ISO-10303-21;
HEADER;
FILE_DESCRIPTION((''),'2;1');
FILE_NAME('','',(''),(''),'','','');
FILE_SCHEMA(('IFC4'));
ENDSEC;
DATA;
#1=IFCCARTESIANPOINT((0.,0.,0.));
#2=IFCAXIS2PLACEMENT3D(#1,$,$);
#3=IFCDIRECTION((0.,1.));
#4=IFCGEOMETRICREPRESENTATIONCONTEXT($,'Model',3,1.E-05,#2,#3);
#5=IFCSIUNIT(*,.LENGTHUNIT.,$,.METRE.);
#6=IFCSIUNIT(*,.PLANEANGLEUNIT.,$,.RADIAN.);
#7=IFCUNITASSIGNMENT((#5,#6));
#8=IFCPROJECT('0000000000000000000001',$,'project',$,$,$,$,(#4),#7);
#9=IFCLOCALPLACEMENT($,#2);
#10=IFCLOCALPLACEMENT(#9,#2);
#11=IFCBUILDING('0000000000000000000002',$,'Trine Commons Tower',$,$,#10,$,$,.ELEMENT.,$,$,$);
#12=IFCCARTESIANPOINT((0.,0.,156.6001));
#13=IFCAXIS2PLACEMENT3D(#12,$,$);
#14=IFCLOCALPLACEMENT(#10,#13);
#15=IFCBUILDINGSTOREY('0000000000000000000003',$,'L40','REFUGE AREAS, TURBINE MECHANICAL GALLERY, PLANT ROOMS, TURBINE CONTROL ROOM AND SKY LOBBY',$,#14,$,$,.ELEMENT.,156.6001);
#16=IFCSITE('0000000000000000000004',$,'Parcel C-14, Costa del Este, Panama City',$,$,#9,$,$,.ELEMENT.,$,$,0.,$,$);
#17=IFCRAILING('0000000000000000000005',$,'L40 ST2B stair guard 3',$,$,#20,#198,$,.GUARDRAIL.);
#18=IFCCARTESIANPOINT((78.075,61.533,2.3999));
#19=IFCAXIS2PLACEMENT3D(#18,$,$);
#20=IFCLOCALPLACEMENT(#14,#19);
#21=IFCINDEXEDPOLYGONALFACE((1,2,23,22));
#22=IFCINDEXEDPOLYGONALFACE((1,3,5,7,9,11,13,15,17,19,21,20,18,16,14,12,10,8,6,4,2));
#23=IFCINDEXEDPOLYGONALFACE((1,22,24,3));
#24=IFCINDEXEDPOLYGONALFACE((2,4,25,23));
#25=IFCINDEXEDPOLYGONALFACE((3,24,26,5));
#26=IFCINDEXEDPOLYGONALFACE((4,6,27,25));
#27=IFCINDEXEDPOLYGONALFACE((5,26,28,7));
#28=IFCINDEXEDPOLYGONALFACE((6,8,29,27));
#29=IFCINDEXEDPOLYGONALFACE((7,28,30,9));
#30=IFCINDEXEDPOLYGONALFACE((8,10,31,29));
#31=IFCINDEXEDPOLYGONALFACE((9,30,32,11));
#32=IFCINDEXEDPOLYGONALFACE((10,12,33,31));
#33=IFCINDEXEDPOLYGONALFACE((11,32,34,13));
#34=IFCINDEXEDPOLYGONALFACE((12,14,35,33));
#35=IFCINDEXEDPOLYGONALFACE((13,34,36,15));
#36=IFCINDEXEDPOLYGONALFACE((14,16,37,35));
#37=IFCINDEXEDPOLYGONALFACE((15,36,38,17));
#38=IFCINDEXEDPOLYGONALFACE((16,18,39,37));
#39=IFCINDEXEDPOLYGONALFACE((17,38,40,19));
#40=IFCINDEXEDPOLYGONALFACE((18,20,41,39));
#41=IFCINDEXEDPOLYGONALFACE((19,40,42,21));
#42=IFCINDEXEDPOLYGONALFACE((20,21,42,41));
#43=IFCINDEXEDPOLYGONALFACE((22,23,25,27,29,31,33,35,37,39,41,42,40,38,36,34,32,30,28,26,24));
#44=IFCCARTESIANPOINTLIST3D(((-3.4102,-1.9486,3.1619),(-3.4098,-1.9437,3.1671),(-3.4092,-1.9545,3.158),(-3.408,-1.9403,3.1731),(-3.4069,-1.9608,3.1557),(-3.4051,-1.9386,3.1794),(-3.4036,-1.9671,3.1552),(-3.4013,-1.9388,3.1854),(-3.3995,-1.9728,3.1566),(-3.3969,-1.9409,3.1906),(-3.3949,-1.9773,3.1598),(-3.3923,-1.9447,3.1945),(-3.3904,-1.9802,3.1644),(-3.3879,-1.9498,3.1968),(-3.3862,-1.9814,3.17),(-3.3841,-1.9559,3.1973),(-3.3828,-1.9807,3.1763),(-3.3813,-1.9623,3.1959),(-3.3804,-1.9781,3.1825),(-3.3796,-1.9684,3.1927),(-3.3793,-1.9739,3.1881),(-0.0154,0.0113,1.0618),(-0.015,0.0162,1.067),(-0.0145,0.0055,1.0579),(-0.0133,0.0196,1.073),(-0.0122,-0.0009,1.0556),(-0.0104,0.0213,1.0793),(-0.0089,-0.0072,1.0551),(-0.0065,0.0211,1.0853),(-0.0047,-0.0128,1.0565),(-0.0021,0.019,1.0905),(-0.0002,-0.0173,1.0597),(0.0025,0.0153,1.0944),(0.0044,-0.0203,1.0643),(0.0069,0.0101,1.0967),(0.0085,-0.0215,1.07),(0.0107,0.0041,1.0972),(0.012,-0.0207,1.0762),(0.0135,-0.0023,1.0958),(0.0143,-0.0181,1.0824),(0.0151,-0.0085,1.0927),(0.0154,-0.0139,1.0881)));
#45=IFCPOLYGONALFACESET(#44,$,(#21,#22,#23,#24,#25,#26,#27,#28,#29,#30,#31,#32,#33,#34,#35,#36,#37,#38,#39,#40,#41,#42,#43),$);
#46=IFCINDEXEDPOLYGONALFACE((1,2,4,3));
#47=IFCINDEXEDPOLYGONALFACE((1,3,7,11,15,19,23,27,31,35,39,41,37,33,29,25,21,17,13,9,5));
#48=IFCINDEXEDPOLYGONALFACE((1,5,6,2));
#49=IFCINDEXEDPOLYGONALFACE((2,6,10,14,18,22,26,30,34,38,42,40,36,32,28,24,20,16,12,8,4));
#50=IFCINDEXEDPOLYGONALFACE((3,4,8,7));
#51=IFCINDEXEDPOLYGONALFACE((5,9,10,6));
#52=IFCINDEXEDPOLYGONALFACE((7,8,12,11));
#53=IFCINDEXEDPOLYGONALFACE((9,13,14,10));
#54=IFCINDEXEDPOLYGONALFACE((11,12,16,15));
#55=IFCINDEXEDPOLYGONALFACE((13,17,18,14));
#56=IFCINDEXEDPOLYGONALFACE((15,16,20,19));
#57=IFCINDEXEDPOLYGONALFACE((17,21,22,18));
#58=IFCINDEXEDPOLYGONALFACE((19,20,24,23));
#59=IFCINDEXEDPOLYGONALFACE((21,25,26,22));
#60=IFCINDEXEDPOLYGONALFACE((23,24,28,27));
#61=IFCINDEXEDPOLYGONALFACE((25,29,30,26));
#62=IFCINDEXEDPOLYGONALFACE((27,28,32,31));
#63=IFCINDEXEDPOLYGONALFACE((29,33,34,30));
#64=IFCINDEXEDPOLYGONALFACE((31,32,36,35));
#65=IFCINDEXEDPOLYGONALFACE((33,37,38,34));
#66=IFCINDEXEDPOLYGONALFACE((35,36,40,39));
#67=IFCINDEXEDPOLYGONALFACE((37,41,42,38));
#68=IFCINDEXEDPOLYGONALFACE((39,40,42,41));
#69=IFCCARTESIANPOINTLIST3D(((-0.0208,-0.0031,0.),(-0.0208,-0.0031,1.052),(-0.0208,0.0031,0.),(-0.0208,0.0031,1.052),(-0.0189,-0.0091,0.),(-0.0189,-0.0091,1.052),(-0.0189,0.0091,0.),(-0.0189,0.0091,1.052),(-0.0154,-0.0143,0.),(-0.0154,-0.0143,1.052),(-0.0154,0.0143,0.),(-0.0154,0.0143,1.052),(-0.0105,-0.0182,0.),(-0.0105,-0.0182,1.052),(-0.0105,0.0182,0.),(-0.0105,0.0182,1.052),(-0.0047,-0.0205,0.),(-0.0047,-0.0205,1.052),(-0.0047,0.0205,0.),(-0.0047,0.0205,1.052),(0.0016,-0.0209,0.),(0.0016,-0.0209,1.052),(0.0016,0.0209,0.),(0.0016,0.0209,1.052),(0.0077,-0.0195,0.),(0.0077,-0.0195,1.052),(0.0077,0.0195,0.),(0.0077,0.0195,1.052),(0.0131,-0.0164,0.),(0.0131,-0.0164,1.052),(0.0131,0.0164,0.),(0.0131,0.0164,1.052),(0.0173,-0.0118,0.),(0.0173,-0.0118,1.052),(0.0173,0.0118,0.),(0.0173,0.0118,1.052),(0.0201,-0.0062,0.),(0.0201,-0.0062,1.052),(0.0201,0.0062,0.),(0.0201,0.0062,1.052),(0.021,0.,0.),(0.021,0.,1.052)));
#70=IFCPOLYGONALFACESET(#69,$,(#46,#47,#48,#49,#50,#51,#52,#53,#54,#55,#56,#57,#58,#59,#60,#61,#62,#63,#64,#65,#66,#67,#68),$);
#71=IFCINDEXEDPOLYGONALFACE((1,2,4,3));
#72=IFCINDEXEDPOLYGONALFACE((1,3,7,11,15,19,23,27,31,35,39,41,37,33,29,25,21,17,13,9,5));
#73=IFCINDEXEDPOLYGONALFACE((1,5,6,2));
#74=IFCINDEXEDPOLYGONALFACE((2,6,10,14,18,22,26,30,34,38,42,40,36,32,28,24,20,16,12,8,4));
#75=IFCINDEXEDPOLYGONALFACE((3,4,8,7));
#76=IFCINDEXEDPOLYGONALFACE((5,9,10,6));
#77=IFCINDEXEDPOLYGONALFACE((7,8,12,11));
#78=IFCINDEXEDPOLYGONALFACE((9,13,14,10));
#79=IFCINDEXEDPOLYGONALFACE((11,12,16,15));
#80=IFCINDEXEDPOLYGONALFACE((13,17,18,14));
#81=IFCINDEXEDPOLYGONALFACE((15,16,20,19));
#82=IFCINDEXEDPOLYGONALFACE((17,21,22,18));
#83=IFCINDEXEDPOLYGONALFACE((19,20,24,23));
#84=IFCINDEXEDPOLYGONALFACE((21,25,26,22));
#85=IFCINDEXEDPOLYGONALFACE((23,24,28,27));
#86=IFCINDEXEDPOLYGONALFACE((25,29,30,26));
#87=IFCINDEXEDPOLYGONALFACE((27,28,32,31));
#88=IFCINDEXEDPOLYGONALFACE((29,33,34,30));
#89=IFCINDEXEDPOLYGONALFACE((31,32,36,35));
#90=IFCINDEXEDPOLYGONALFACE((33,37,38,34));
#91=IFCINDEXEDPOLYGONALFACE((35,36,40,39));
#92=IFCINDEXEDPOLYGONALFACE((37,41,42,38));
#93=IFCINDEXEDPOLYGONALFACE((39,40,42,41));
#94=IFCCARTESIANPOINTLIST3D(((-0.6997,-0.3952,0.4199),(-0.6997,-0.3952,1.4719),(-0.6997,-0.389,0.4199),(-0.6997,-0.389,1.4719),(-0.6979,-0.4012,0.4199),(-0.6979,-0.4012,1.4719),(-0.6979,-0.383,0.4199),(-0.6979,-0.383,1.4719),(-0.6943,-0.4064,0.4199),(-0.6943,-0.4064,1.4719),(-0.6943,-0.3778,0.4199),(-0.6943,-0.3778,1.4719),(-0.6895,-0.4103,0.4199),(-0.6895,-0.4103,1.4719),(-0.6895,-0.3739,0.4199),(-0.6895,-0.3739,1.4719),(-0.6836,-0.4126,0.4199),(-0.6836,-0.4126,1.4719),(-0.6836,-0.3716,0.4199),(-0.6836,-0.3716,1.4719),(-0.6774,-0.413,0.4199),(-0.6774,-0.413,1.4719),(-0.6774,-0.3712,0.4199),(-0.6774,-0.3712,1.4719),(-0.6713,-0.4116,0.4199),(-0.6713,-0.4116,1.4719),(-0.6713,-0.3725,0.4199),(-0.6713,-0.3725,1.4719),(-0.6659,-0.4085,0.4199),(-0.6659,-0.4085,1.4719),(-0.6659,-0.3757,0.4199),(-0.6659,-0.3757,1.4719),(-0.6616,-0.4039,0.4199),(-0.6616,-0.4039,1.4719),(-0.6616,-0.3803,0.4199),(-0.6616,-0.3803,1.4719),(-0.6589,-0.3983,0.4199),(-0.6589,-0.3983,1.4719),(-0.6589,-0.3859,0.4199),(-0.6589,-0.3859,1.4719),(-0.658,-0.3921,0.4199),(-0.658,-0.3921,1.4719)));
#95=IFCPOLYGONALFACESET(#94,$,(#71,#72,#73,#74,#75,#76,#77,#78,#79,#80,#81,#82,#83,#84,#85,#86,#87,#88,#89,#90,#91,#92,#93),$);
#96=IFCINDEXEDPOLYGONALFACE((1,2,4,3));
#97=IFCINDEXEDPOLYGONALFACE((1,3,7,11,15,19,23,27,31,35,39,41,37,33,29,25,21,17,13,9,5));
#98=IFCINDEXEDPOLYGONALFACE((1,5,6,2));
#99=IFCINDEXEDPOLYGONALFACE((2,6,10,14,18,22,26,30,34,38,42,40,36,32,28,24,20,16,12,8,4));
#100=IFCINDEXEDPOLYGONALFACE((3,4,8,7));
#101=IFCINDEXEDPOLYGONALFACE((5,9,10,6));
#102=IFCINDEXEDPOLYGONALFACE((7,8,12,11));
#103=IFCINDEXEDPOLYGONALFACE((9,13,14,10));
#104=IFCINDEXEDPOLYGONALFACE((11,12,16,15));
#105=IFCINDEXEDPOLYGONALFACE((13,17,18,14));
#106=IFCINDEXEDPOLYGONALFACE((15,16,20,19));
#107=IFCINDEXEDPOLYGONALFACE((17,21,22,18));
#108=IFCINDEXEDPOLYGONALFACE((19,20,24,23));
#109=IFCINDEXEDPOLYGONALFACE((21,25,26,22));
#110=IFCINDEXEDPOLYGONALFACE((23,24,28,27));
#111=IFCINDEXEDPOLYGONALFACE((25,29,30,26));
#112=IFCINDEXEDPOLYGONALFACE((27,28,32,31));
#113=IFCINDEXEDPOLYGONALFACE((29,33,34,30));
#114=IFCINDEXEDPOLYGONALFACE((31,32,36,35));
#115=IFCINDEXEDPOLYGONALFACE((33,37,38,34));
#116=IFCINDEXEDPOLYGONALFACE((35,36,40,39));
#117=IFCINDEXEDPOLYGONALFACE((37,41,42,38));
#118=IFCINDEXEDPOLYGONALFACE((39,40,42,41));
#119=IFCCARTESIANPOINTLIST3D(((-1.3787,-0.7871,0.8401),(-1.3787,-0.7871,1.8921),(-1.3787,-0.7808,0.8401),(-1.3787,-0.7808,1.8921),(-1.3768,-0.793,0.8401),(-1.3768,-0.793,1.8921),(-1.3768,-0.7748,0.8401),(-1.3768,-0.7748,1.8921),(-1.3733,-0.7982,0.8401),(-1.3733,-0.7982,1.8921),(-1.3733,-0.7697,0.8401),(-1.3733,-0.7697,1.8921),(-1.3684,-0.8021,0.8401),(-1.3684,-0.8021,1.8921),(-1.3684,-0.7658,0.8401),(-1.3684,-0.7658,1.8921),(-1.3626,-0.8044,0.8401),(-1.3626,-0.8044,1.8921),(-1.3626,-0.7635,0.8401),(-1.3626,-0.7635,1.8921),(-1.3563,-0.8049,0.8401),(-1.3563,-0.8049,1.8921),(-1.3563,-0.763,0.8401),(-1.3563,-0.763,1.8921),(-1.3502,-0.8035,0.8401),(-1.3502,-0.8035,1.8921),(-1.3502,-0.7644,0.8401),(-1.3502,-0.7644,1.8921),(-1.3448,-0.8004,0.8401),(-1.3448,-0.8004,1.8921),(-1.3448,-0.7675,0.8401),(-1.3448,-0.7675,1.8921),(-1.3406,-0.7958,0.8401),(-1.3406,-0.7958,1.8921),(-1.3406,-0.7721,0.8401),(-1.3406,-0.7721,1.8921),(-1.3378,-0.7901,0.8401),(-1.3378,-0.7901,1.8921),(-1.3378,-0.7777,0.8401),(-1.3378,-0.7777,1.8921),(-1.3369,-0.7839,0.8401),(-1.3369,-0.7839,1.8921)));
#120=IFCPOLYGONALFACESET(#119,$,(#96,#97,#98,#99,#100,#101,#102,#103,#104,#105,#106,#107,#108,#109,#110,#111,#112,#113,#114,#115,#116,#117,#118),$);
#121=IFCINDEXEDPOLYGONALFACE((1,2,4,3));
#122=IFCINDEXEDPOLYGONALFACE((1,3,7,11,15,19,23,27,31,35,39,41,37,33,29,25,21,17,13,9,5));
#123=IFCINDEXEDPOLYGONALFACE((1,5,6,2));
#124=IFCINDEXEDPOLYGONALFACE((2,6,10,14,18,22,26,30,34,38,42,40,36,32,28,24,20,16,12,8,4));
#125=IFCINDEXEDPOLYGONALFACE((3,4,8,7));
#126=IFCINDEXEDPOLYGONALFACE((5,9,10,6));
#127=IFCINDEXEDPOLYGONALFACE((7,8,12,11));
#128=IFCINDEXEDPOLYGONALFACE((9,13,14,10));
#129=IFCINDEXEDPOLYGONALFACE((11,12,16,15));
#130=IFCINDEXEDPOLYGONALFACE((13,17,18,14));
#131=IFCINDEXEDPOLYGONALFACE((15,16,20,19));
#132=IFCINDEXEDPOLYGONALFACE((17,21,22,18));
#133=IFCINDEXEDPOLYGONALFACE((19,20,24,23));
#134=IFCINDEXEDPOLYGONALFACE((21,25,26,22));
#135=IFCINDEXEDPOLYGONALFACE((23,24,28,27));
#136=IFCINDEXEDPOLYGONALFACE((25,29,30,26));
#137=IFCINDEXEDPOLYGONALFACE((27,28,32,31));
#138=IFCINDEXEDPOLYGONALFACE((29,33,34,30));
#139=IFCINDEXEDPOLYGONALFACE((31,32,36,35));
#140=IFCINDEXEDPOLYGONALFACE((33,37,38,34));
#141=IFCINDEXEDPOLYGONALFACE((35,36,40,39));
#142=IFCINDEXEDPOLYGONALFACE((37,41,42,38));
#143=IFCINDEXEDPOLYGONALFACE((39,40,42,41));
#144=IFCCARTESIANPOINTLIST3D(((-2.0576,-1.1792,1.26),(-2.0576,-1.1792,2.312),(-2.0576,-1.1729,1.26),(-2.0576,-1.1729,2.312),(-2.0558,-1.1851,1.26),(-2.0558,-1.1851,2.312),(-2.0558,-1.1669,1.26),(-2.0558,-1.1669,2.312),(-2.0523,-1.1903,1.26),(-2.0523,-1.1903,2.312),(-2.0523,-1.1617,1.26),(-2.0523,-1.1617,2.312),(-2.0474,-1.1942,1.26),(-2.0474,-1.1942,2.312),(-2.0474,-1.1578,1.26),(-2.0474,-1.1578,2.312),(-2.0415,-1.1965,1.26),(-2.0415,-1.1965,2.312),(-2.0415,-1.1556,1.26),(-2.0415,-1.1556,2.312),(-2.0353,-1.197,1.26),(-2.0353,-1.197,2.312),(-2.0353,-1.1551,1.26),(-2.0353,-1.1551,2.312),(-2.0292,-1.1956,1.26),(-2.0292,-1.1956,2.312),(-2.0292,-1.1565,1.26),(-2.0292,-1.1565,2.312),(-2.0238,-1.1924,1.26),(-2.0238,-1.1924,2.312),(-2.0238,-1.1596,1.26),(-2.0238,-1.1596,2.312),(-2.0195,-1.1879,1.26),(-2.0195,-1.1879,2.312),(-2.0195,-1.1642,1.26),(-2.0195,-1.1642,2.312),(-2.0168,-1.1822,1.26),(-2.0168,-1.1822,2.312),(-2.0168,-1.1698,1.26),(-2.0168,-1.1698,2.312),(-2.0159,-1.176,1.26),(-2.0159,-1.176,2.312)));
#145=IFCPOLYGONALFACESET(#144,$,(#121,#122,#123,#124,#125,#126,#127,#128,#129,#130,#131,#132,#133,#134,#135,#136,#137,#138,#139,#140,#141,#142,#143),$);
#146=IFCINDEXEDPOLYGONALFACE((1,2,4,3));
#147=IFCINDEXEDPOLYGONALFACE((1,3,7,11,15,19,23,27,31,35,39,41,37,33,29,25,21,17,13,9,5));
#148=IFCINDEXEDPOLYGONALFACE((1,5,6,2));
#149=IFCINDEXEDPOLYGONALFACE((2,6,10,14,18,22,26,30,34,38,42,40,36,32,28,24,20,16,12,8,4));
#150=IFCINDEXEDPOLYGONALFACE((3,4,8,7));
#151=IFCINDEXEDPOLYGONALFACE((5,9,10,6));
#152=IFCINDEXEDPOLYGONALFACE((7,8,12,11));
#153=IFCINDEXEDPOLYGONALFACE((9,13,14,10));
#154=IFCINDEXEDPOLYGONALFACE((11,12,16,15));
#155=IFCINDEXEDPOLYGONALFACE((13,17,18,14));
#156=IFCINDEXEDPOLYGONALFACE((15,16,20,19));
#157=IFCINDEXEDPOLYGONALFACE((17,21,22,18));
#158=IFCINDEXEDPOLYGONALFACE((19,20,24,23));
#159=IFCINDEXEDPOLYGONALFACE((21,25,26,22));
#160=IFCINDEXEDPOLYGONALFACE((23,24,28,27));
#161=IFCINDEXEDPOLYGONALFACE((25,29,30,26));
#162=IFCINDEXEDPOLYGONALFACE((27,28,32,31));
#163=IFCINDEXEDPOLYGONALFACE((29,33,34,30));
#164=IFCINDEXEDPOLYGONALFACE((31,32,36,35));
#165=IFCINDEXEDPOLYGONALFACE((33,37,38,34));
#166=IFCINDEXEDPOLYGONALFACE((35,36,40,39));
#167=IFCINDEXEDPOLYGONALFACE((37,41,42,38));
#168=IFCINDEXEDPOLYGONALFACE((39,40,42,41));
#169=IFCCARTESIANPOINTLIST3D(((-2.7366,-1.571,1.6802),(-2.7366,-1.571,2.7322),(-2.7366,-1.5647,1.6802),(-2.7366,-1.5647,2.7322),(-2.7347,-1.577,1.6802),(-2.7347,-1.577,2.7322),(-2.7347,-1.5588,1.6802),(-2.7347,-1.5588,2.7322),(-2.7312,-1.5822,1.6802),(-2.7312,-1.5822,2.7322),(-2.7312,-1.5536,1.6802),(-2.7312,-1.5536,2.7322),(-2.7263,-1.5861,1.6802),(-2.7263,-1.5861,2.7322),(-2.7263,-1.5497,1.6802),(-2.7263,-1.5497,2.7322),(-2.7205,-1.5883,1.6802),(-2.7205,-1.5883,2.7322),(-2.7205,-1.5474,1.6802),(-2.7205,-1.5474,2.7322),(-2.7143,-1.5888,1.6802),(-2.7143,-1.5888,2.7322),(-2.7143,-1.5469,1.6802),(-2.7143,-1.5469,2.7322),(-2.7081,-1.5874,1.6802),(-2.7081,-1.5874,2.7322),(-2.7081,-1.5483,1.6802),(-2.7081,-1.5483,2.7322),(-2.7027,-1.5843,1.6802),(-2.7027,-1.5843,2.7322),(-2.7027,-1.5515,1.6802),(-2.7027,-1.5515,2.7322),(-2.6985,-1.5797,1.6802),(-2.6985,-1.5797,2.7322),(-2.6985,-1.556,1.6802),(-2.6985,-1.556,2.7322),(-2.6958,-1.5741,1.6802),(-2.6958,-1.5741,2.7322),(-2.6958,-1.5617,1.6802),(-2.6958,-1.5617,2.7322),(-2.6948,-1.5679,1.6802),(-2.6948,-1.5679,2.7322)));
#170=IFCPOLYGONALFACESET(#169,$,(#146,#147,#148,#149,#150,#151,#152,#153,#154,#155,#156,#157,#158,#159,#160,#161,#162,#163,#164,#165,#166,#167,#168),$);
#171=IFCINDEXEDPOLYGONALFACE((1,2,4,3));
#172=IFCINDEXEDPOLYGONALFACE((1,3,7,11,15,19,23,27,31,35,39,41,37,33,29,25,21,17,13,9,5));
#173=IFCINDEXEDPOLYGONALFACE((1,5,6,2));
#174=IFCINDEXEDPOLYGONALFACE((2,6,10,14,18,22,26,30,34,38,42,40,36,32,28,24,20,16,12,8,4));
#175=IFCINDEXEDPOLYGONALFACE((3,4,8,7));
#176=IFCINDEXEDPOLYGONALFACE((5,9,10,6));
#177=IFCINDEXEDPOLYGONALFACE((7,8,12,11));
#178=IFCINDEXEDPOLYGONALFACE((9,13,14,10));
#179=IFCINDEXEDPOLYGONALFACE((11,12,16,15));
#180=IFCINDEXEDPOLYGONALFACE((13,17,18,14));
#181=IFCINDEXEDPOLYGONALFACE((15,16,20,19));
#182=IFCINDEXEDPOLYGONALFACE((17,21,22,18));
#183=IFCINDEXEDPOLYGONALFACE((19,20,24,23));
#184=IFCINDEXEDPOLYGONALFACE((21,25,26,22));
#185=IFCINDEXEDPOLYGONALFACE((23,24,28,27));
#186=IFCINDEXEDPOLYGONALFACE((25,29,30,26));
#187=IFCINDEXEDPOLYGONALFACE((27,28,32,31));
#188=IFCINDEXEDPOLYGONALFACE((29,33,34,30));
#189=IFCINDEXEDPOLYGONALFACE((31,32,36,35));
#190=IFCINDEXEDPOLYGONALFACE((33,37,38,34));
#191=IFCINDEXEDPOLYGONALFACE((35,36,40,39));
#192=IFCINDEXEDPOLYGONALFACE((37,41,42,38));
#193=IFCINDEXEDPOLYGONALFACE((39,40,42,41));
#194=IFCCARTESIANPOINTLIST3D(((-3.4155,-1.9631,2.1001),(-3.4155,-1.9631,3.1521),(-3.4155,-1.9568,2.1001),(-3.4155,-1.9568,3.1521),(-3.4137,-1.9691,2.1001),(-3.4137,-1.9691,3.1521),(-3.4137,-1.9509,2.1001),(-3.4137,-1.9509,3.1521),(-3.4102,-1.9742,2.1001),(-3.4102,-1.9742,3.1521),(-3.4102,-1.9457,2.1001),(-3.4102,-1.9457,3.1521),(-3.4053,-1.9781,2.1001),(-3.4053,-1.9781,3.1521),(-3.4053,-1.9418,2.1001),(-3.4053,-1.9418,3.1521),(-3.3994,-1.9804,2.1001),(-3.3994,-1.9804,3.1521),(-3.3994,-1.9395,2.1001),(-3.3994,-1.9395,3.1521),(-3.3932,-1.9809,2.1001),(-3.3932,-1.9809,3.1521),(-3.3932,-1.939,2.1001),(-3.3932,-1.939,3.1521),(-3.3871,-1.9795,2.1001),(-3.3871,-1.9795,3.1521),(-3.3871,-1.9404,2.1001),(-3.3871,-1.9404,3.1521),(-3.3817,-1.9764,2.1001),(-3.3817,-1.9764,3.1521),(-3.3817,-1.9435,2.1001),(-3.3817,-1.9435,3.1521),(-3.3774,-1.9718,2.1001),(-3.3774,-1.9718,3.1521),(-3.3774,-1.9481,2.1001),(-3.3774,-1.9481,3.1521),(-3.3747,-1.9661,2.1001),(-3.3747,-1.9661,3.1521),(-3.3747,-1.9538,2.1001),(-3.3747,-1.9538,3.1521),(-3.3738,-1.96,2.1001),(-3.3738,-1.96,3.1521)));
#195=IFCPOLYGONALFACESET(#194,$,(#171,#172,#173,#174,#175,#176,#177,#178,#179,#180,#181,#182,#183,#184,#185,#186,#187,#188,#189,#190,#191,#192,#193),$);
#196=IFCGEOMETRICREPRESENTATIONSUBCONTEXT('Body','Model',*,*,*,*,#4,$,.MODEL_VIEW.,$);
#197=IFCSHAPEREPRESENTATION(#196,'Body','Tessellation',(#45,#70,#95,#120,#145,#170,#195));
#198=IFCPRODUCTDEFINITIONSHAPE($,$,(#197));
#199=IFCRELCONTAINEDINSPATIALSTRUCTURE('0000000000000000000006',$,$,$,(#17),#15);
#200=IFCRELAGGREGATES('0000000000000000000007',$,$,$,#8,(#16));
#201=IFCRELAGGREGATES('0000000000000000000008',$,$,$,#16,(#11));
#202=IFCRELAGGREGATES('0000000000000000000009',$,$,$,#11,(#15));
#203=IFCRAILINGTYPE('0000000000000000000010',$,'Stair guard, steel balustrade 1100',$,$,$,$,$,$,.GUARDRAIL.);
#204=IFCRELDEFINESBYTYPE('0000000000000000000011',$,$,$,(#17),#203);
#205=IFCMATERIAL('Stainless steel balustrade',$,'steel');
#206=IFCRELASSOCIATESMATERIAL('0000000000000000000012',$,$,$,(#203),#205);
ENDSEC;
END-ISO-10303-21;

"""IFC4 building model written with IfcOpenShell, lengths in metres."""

from ifc_helpers import new_model, si_unit, direction, frame, origin, origin_2d, place, context, subcontext, project, spatial, circle, extrude, material, type_object, element, save


model = new_model("IFC4")

# Units and contexts
model_context = context("Model", 3, precision=1e-05, world=origin(), true_north=direction((0.0, 1.0)))
body_context = subcontext(model_context, "Body", "Model", "MODEL_VIEW")
ifc_project = project(units=[si_unit("LENGTHUNIT", "METRE"), si_unit("PLANEANGLEUNIT", "RADIAN")], contexts=[model_context])

# Site, building, storey
site_placement = place(None, origin())
site = spatial("IfcSite", under=ifc_project, at=site_placement, Name="Parcel C-14, Costa del Este, Panama City", CompositionType="ELEMENT", RefElevation=0.0)
building_placement = place(site_placement, origin())
building = spatial("IfcBuilding", under=site, at=building_placement, Name="Trine Commons Tower", CompositionType="ELEMENT")
storey_placement = place(building_placement, frame((0.0, 0.0, 156.6001)))
storey = spatial("IfcBuildingStorey", under=building, at=storey_placement, Name="L40", Description="REFUGE AREAS, TURBINE MECHANICAL GALLERY, PLANT ROOMS, TURBINE CONTROL ROOM AND SKY LOBBY", CompositionType="ELEMENT", Elevation=156.6001)

# Railing
ifc_material_1 = material(Name="Stainless steel balustrade", Category="steel")
railing_type_1 = type_object("IfcRailingType", Name="Stair guard, steel balustrade 1100", PredefinedType="GUARDRAIL", material=ifc_material_1)
railing_1_placement = place(storey_placement, frame((78.075, 61.533, 2.3999)))
element("IfcRailing", 1, at=railing_1_placement, inside=storey, type_object=railing_type_1, Name="L40 ST2B stair guard 3", PredefinedType="GUARDRAIL", context=body_context, shape_type="SweptSolid", body=[
    extrude(circle(Radius=0.0239, at=origin_2d()), frame((0.0, 0.0, 1.0762), z_axis=(-0.763375, -0.440732, 0.472244), x_axis=(0.499997, -0.866027, 0.0)), (0.0, 0.0, 1.0), 4.447),
    extrude(circle(Radius=0.021, at=origin_2d()), origin(), (0.0, 0.0, 1.0), 1.052),
    extrude(circle(Radius=0.021, at=origin_2d()), frame((-0.679, -0.3921, 0.4199)), (0.0, 0.0, 1.0), 1.052),
    extrude(circle(Radius=0.021, at=origin_2d()), frame((-1.3579, -0.7839, 0.8401)), (0.0, 0.0, 1.0), 1.052),
    extrude(circle(Radius=0.021, at=origin_2d()), frame((-2.0369, -1.176, 1.26)), (0.0, 0.0, 1.0), 1.052),
    extrude(circle(Radius=0.021, at=origin_2d()), frame((-2.7158, -1.5679, 1.6802)), (0.0, 0.0, 1.0), 1.052),
    extrude(circle(Radius=0.021, at=origin_2d()), frame((-3.3948, -1.96, 2.1001)), (0.0, 0.0, 1.0), 1.052),
])

save(model, "model.ifc")
